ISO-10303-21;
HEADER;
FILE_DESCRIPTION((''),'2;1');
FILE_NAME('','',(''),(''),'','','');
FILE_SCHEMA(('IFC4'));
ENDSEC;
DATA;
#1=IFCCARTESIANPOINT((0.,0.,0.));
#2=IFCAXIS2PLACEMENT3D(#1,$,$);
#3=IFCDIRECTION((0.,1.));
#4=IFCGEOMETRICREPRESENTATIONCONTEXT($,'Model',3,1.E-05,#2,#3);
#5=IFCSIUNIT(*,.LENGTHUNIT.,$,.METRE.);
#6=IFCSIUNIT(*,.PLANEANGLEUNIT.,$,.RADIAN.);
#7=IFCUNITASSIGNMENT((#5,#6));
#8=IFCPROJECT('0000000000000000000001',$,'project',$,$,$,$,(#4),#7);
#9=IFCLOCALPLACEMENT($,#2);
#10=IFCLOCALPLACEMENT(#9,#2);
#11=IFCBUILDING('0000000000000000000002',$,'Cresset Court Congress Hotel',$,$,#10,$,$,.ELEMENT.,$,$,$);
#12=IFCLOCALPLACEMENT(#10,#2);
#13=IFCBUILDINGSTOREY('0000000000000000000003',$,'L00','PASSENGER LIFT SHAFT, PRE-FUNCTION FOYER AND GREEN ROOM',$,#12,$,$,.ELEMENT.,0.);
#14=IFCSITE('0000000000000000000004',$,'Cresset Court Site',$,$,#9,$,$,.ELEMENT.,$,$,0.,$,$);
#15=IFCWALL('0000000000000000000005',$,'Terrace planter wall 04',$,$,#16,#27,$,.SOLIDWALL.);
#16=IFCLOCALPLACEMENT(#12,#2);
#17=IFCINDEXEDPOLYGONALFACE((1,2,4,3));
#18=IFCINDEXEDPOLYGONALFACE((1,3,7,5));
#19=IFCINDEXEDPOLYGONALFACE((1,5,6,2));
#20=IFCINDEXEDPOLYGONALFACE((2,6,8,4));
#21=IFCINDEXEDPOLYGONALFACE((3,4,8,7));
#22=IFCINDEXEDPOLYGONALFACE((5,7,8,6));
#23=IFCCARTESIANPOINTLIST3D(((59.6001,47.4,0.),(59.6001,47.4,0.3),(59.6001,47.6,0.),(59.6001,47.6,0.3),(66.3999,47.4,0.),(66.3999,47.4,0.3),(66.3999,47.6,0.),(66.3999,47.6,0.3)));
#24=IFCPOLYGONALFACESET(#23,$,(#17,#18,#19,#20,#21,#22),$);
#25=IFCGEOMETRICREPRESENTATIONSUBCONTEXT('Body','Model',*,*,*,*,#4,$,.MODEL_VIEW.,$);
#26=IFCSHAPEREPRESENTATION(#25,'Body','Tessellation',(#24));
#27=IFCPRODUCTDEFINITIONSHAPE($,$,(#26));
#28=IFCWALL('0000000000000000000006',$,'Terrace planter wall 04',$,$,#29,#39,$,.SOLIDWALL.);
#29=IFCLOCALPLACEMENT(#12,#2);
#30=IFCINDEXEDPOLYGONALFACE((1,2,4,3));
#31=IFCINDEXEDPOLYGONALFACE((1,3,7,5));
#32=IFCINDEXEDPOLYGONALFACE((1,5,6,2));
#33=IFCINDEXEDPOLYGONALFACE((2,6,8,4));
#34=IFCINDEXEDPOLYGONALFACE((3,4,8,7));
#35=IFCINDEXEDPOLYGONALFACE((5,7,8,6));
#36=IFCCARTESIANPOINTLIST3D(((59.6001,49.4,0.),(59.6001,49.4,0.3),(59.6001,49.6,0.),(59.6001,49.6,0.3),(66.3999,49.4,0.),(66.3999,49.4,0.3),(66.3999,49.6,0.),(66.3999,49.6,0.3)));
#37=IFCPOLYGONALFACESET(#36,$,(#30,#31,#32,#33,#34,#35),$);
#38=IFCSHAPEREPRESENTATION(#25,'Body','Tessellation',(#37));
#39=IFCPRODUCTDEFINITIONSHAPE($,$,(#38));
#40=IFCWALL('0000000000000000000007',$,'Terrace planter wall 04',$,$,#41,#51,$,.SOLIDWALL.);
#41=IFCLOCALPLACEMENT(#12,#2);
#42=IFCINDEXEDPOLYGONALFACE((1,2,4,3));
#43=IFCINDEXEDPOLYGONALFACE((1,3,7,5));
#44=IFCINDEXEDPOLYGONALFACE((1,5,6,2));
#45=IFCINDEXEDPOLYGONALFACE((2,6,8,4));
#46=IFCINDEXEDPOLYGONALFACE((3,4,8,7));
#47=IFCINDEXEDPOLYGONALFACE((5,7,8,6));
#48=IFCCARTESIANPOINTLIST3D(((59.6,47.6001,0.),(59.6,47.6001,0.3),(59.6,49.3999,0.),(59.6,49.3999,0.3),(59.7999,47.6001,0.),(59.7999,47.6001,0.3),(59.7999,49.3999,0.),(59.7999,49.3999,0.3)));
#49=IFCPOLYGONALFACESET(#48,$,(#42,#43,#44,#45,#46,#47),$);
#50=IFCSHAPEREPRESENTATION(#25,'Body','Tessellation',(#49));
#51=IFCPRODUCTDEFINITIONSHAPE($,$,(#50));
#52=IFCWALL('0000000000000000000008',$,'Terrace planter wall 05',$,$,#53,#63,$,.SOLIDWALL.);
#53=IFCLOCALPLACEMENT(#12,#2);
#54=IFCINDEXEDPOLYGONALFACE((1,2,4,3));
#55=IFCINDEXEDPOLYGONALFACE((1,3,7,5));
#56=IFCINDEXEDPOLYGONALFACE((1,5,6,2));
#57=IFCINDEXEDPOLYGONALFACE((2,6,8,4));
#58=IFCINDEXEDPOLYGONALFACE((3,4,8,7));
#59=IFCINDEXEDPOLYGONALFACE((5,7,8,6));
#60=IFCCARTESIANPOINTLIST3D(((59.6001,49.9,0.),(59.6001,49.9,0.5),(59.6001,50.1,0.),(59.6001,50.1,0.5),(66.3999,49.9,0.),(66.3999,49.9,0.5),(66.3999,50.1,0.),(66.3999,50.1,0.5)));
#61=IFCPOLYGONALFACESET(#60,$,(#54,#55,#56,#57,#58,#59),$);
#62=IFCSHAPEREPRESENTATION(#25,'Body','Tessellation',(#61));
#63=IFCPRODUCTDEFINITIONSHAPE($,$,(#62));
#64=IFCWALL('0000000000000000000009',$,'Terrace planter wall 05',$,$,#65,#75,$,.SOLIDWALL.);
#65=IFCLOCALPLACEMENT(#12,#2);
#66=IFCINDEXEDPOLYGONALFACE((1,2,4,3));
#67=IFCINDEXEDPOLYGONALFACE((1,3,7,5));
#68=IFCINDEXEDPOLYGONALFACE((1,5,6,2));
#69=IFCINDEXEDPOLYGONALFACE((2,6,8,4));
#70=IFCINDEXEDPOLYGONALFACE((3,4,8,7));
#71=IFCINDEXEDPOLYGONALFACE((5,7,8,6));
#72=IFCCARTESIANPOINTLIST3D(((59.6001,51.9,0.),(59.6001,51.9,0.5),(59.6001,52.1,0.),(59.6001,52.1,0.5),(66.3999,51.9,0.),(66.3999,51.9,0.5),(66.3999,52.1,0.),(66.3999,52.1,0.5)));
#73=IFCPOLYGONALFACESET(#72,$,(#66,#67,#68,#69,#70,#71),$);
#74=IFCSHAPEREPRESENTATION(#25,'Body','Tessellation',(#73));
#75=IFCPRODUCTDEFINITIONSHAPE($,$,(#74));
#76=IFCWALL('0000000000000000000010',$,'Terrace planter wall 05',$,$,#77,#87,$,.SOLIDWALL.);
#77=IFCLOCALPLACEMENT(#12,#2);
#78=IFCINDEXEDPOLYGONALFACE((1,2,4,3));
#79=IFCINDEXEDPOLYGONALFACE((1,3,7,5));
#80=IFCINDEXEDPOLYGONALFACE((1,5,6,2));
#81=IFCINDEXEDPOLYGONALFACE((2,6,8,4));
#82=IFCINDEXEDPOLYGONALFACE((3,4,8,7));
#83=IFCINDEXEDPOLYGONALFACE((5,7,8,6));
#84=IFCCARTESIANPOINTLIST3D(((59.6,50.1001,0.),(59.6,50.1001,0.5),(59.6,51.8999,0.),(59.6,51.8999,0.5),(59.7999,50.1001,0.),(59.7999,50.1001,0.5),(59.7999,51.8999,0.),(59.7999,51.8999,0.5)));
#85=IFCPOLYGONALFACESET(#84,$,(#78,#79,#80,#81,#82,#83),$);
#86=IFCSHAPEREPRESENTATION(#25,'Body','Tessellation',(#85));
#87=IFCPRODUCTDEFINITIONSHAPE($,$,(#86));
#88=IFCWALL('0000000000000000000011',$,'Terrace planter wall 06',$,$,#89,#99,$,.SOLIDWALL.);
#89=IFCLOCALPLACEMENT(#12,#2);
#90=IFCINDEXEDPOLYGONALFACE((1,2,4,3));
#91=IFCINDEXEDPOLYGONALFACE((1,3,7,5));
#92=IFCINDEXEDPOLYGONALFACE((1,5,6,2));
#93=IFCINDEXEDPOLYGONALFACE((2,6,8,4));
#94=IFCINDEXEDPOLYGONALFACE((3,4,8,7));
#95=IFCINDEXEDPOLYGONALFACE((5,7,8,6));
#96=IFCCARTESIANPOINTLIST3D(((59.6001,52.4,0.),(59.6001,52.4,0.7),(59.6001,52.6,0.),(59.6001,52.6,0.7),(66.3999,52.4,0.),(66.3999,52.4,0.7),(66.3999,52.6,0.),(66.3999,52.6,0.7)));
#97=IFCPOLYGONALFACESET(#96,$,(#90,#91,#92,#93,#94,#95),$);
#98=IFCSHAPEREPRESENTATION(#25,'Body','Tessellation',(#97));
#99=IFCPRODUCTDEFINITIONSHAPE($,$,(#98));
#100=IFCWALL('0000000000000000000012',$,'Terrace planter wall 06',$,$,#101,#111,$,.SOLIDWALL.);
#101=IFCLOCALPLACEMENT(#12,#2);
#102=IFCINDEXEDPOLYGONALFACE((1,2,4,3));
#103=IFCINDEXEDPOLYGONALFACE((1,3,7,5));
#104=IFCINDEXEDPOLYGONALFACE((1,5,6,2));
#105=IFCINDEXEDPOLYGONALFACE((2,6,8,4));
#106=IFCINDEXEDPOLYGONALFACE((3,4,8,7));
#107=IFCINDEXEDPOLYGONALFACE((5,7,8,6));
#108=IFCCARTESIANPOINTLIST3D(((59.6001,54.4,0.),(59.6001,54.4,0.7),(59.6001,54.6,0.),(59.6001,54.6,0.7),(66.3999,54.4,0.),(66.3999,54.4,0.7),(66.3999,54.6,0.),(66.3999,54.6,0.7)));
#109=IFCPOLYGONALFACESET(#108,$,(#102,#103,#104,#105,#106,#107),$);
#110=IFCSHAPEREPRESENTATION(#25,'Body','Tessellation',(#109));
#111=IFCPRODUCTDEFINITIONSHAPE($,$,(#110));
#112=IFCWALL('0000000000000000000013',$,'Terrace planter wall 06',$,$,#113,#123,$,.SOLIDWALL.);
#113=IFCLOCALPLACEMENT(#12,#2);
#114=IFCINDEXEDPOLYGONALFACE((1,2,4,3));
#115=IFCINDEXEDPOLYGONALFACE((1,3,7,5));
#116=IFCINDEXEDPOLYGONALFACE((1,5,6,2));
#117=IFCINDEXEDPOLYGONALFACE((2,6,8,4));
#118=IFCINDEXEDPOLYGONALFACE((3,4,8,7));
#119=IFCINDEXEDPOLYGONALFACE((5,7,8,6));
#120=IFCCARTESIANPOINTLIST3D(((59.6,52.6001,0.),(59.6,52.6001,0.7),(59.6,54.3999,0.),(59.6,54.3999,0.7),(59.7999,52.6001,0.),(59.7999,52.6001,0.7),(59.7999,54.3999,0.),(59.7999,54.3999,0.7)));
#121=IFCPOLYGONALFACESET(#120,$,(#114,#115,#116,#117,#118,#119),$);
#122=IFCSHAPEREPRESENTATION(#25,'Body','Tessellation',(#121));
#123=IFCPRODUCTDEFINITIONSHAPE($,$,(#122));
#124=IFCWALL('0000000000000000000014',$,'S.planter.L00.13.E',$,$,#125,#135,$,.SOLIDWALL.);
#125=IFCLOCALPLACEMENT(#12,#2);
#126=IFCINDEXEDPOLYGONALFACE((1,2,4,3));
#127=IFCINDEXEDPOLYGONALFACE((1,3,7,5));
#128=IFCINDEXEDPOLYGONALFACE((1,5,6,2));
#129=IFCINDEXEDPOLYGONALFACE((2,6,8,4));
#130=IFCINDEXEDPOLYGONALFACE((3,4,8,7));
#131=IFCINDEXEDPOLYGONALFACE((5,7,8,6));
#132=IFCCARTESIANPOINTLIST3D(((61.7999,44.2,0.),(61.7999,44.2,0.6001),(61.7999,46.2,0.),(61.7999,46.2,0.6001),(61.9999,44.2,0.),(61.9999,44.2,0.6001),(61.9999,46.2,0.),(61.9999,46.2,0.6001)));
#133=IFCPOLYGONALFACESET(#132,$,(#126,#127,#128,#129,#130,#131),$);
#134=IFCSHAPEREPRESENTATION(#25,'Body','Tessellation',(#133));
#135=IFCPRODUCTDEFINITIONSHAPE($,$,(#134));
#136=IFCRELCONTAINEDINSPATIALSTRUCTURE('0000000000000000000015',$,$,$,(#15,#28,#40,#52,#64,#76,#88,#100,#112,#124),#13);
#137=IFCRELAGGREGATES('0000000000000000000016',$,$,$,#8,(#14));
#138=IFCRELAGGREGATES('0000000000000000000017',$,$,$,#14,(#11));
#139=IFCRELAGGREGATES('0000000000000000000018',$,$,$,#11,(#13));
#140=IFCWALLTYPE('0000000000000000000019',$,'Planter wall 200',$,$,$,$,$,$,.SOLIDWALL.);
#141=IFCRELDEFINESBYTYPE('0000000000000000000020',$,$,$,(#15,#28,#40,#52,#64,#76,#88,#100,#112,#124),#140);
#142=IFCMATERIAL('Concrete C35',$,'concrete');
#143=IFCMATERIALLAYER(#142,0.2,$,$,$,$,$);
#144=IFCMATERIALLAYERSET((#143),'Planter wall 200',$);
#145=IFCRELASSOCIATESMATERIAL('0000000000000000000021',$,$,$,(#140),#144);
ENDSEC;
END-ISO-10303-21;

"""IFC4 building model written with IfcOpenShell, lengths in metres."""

from ifc_helpers import new_model, si_unit, direction, frame, frame_2d, origin, place, context, subcontext, project, spatial, rectangle, extrude, material, layer, layer_set, type_object, element, save


model = new_model("IFC4")

# Units and contexts
model_context = context("Model", 3, precision=1e-05, world=origin(), true_north=direction((0.0, 1.0)))
body_context = subcontext(model_context, "Body", "Model", "MODEL_VIEW")
ifc_project = project(units=[si_unit("LENGTHUNIT", "METRE"), si_unit("PLANEANGLEUNIT", "RADIAN")], contexts=[model_context])

# Site, building, storey
site_placement = place(None, origin())
site = spatial("IfcSite", under=ifc_project, at=site_placement, Name="Cresset Court Site", CompositionType="ELEMENT", RefElevation=0.0)
building_placement = place(site_placement, origin())
building = spatial("IfcBuilding", under=site, at=building_placement, Name="Cresset Court Congress Hotel", CompositionType="ELEMENT")
storey_placement = place(building_placement, origin())
storey = spatial("IfcBuildingStorey", under=building, at=storey_placement, Name="L00", Description="PASSENGER LIFT SHAFT, PRE-FUNCTION FOYER AND GREEN ROOM", CompositionType="ELEMENT", Elevation=0.0)

# Walls
ifc_material_1 = material(Name="Concrete C35", Category="concrete")
ifc_layer = layer(ifc_material_1, 0.2)
ifc_layer_set = layer_set([ifc_layer], Name="Planter wall 200")
wall_type = type_object("IfcWallType", Name="Planter wall 200", PredefinedType="SOLIDWALL", material=ifc_layer_set)
for number, where, z_axis, x_axis, name in (
    (1, (59.6001, 47.5, 0.0), (0.0, 0.0, 1.0), (1.0, 0.0, 0.0), "Terrace planter wall 04"),
    (2, (59.6001, 49.5, 0.0), (0.0, 0.0, 1.0), (1.0, 0.0, 0.0), "Terrace planter wall 04"),
):
    element("IfcWall", number, at=place(storey_placement, frame(where, z_axis=z_axis, x_axis=x_axis)), inside=storey, type_object=wall_type, Name=name, PredefinedType="SOLIDWALL", context=body_context, shape_type="SweptSolid", body=[
        extrude(rectangle(XDim=6.7998, YDim=0.2, at=frame_2d((3.3999, 0.0))), origin(), (0.0, 0.0, 1.0), 0.3),
    ])
wall_1_placement = place(storey_placement, frame((59.7, 47.6001, 0.0), z_axis=(0.0, 0.0, 1.0), x_axis=(0.0, 1.0, 0.0)))
element("IfcWall", 3, at=wall_1_placement, inside=storey, type_object=wall_type, Name="Terrace planter wall 04", PredefinedType="SOLIDWALL", context=body_context, shape_type="SweptSolid", body=[
    extrude(rectangle(XDim=1.7998, YDim=0.2, at=frame_2d((0.8999, 0.0))), origin(), (0.0, 0.0, 1.0), 0.3),
])
for number, where, z_axis, x_axis, name in (
    (4, (59.6001, 50.0, 0.0), (0.0, 0.0, 1.0), (1.0, 0.0, 0.0), "Terrace planter wall 05"),
    (5, (59.6001, 52.0, 0.0), (0.0, 0.0, 1.0), (1.0, 0.0, 0.0), "Terrace planter wall 05"),
):
    element("IfcWall", number, at=place(storey_placement, frame(where, z_axis=z_axis, x_axis=x_axis)), inside=storey, type_object=wall_type, Name=name, PredefinedType="SOLIDWALL", context=body_context, shape_type="SweptSolid", body=[
        extrude(rectangle(XDim=6.7998, YDim=0.2, at=frame_2d((3.3999, 0.0))), origin(), (0.0, 0.0, 1.0), 0.5),
    ])
wall_2_placement = place(storey_placement, frame((59.7, 50.1001, 0.0), z_axis=(0.0, 0.0, 1.0), x_axis=(0.0, 1.0, 0.0)))
element("IfcWall", 6, at=wall_2_placement, inside=storey, type_object=wall_type, Name="Terrace planter wall 05", PredefinedType="SOLIDWALL", context=body_context, shape_type="SweptSolid", body=[
    extrude(rectangle(XDim=1.7998, YDim=0.2, at=frame_2d((0.8999, 0.0))), origin(), (0.0, 0.0, 1.0), 0.5),
])
for number, where, z_axis, x_axis, name in (
    (7, (59.6001, 52.5, 0.0), (0.0, 0.0, 1.0), (1.0, 0.0, 0.0), "Terrace planter wall 06"),
    (8, (59.6001, 54.5, 0.0), (0.0, 0.0, 1.0), (1.0, 0.0, 0.0), "Terrace planter wall 06"),
):
    element("IfcWall", number, at=place(storey_placement, frame(where, z_axis=z_axis, x_axis=x_axis)), inside=storey, type_object=wall_type, Name=name, PredefinedType="SOLIDWALL", context=body_context, shape_type="SweptSolid", body=[
        extrude(rectangle(XDim=6.7998, YDim=0.2, at=frame_2d((3.3999, 0.0))), origin(), (0.0, 0.0, 1.0), 0.7),
    ])
wall_3_placement = place(storey_placement, frame((59.7, 52.6001, 0.0), z_axis=(0.0, 0.0, 1.0), x_axis=(0.0, 1.0, 0.0)))
element("IfcWall", 9, at=wall_3_placement, inside=storey, type_object=wall_type, Name="Terrace planter wall 06", PredefinedType="SOLIDWALL", context=body_context, shape_type="SweptSolid", body=[
    extrude(rectangle(XDim=1.7998, YDim=0.2, at=frame_2d((0.8999, 0.0))), origin(), (0.0, 0.0, 1.0), 0.7),
])
wall_4_placement = place(storey_placement, frame((61.8999, 44.2, 0.0), z_axis=(0.0, 0.0, 1.0), x_axis=(0.0, 1.0, 0.0)))
element("IfcWall", 10, at=wall_4_placement, inside=storey, type_object=wall_type, Name="S.planter.L00.13.E", PredefinedType="SOLIDWALL", context=body_context, shape_type="SweptSolid", body=[
    extrude(rectangle(XDim=2.0, YDim=0.2, at=frame_2d((1.0, 0.0))), origin(), (0.0, 0.0, 1.0), 0.6001),
])

save(model, "model.ifc")
